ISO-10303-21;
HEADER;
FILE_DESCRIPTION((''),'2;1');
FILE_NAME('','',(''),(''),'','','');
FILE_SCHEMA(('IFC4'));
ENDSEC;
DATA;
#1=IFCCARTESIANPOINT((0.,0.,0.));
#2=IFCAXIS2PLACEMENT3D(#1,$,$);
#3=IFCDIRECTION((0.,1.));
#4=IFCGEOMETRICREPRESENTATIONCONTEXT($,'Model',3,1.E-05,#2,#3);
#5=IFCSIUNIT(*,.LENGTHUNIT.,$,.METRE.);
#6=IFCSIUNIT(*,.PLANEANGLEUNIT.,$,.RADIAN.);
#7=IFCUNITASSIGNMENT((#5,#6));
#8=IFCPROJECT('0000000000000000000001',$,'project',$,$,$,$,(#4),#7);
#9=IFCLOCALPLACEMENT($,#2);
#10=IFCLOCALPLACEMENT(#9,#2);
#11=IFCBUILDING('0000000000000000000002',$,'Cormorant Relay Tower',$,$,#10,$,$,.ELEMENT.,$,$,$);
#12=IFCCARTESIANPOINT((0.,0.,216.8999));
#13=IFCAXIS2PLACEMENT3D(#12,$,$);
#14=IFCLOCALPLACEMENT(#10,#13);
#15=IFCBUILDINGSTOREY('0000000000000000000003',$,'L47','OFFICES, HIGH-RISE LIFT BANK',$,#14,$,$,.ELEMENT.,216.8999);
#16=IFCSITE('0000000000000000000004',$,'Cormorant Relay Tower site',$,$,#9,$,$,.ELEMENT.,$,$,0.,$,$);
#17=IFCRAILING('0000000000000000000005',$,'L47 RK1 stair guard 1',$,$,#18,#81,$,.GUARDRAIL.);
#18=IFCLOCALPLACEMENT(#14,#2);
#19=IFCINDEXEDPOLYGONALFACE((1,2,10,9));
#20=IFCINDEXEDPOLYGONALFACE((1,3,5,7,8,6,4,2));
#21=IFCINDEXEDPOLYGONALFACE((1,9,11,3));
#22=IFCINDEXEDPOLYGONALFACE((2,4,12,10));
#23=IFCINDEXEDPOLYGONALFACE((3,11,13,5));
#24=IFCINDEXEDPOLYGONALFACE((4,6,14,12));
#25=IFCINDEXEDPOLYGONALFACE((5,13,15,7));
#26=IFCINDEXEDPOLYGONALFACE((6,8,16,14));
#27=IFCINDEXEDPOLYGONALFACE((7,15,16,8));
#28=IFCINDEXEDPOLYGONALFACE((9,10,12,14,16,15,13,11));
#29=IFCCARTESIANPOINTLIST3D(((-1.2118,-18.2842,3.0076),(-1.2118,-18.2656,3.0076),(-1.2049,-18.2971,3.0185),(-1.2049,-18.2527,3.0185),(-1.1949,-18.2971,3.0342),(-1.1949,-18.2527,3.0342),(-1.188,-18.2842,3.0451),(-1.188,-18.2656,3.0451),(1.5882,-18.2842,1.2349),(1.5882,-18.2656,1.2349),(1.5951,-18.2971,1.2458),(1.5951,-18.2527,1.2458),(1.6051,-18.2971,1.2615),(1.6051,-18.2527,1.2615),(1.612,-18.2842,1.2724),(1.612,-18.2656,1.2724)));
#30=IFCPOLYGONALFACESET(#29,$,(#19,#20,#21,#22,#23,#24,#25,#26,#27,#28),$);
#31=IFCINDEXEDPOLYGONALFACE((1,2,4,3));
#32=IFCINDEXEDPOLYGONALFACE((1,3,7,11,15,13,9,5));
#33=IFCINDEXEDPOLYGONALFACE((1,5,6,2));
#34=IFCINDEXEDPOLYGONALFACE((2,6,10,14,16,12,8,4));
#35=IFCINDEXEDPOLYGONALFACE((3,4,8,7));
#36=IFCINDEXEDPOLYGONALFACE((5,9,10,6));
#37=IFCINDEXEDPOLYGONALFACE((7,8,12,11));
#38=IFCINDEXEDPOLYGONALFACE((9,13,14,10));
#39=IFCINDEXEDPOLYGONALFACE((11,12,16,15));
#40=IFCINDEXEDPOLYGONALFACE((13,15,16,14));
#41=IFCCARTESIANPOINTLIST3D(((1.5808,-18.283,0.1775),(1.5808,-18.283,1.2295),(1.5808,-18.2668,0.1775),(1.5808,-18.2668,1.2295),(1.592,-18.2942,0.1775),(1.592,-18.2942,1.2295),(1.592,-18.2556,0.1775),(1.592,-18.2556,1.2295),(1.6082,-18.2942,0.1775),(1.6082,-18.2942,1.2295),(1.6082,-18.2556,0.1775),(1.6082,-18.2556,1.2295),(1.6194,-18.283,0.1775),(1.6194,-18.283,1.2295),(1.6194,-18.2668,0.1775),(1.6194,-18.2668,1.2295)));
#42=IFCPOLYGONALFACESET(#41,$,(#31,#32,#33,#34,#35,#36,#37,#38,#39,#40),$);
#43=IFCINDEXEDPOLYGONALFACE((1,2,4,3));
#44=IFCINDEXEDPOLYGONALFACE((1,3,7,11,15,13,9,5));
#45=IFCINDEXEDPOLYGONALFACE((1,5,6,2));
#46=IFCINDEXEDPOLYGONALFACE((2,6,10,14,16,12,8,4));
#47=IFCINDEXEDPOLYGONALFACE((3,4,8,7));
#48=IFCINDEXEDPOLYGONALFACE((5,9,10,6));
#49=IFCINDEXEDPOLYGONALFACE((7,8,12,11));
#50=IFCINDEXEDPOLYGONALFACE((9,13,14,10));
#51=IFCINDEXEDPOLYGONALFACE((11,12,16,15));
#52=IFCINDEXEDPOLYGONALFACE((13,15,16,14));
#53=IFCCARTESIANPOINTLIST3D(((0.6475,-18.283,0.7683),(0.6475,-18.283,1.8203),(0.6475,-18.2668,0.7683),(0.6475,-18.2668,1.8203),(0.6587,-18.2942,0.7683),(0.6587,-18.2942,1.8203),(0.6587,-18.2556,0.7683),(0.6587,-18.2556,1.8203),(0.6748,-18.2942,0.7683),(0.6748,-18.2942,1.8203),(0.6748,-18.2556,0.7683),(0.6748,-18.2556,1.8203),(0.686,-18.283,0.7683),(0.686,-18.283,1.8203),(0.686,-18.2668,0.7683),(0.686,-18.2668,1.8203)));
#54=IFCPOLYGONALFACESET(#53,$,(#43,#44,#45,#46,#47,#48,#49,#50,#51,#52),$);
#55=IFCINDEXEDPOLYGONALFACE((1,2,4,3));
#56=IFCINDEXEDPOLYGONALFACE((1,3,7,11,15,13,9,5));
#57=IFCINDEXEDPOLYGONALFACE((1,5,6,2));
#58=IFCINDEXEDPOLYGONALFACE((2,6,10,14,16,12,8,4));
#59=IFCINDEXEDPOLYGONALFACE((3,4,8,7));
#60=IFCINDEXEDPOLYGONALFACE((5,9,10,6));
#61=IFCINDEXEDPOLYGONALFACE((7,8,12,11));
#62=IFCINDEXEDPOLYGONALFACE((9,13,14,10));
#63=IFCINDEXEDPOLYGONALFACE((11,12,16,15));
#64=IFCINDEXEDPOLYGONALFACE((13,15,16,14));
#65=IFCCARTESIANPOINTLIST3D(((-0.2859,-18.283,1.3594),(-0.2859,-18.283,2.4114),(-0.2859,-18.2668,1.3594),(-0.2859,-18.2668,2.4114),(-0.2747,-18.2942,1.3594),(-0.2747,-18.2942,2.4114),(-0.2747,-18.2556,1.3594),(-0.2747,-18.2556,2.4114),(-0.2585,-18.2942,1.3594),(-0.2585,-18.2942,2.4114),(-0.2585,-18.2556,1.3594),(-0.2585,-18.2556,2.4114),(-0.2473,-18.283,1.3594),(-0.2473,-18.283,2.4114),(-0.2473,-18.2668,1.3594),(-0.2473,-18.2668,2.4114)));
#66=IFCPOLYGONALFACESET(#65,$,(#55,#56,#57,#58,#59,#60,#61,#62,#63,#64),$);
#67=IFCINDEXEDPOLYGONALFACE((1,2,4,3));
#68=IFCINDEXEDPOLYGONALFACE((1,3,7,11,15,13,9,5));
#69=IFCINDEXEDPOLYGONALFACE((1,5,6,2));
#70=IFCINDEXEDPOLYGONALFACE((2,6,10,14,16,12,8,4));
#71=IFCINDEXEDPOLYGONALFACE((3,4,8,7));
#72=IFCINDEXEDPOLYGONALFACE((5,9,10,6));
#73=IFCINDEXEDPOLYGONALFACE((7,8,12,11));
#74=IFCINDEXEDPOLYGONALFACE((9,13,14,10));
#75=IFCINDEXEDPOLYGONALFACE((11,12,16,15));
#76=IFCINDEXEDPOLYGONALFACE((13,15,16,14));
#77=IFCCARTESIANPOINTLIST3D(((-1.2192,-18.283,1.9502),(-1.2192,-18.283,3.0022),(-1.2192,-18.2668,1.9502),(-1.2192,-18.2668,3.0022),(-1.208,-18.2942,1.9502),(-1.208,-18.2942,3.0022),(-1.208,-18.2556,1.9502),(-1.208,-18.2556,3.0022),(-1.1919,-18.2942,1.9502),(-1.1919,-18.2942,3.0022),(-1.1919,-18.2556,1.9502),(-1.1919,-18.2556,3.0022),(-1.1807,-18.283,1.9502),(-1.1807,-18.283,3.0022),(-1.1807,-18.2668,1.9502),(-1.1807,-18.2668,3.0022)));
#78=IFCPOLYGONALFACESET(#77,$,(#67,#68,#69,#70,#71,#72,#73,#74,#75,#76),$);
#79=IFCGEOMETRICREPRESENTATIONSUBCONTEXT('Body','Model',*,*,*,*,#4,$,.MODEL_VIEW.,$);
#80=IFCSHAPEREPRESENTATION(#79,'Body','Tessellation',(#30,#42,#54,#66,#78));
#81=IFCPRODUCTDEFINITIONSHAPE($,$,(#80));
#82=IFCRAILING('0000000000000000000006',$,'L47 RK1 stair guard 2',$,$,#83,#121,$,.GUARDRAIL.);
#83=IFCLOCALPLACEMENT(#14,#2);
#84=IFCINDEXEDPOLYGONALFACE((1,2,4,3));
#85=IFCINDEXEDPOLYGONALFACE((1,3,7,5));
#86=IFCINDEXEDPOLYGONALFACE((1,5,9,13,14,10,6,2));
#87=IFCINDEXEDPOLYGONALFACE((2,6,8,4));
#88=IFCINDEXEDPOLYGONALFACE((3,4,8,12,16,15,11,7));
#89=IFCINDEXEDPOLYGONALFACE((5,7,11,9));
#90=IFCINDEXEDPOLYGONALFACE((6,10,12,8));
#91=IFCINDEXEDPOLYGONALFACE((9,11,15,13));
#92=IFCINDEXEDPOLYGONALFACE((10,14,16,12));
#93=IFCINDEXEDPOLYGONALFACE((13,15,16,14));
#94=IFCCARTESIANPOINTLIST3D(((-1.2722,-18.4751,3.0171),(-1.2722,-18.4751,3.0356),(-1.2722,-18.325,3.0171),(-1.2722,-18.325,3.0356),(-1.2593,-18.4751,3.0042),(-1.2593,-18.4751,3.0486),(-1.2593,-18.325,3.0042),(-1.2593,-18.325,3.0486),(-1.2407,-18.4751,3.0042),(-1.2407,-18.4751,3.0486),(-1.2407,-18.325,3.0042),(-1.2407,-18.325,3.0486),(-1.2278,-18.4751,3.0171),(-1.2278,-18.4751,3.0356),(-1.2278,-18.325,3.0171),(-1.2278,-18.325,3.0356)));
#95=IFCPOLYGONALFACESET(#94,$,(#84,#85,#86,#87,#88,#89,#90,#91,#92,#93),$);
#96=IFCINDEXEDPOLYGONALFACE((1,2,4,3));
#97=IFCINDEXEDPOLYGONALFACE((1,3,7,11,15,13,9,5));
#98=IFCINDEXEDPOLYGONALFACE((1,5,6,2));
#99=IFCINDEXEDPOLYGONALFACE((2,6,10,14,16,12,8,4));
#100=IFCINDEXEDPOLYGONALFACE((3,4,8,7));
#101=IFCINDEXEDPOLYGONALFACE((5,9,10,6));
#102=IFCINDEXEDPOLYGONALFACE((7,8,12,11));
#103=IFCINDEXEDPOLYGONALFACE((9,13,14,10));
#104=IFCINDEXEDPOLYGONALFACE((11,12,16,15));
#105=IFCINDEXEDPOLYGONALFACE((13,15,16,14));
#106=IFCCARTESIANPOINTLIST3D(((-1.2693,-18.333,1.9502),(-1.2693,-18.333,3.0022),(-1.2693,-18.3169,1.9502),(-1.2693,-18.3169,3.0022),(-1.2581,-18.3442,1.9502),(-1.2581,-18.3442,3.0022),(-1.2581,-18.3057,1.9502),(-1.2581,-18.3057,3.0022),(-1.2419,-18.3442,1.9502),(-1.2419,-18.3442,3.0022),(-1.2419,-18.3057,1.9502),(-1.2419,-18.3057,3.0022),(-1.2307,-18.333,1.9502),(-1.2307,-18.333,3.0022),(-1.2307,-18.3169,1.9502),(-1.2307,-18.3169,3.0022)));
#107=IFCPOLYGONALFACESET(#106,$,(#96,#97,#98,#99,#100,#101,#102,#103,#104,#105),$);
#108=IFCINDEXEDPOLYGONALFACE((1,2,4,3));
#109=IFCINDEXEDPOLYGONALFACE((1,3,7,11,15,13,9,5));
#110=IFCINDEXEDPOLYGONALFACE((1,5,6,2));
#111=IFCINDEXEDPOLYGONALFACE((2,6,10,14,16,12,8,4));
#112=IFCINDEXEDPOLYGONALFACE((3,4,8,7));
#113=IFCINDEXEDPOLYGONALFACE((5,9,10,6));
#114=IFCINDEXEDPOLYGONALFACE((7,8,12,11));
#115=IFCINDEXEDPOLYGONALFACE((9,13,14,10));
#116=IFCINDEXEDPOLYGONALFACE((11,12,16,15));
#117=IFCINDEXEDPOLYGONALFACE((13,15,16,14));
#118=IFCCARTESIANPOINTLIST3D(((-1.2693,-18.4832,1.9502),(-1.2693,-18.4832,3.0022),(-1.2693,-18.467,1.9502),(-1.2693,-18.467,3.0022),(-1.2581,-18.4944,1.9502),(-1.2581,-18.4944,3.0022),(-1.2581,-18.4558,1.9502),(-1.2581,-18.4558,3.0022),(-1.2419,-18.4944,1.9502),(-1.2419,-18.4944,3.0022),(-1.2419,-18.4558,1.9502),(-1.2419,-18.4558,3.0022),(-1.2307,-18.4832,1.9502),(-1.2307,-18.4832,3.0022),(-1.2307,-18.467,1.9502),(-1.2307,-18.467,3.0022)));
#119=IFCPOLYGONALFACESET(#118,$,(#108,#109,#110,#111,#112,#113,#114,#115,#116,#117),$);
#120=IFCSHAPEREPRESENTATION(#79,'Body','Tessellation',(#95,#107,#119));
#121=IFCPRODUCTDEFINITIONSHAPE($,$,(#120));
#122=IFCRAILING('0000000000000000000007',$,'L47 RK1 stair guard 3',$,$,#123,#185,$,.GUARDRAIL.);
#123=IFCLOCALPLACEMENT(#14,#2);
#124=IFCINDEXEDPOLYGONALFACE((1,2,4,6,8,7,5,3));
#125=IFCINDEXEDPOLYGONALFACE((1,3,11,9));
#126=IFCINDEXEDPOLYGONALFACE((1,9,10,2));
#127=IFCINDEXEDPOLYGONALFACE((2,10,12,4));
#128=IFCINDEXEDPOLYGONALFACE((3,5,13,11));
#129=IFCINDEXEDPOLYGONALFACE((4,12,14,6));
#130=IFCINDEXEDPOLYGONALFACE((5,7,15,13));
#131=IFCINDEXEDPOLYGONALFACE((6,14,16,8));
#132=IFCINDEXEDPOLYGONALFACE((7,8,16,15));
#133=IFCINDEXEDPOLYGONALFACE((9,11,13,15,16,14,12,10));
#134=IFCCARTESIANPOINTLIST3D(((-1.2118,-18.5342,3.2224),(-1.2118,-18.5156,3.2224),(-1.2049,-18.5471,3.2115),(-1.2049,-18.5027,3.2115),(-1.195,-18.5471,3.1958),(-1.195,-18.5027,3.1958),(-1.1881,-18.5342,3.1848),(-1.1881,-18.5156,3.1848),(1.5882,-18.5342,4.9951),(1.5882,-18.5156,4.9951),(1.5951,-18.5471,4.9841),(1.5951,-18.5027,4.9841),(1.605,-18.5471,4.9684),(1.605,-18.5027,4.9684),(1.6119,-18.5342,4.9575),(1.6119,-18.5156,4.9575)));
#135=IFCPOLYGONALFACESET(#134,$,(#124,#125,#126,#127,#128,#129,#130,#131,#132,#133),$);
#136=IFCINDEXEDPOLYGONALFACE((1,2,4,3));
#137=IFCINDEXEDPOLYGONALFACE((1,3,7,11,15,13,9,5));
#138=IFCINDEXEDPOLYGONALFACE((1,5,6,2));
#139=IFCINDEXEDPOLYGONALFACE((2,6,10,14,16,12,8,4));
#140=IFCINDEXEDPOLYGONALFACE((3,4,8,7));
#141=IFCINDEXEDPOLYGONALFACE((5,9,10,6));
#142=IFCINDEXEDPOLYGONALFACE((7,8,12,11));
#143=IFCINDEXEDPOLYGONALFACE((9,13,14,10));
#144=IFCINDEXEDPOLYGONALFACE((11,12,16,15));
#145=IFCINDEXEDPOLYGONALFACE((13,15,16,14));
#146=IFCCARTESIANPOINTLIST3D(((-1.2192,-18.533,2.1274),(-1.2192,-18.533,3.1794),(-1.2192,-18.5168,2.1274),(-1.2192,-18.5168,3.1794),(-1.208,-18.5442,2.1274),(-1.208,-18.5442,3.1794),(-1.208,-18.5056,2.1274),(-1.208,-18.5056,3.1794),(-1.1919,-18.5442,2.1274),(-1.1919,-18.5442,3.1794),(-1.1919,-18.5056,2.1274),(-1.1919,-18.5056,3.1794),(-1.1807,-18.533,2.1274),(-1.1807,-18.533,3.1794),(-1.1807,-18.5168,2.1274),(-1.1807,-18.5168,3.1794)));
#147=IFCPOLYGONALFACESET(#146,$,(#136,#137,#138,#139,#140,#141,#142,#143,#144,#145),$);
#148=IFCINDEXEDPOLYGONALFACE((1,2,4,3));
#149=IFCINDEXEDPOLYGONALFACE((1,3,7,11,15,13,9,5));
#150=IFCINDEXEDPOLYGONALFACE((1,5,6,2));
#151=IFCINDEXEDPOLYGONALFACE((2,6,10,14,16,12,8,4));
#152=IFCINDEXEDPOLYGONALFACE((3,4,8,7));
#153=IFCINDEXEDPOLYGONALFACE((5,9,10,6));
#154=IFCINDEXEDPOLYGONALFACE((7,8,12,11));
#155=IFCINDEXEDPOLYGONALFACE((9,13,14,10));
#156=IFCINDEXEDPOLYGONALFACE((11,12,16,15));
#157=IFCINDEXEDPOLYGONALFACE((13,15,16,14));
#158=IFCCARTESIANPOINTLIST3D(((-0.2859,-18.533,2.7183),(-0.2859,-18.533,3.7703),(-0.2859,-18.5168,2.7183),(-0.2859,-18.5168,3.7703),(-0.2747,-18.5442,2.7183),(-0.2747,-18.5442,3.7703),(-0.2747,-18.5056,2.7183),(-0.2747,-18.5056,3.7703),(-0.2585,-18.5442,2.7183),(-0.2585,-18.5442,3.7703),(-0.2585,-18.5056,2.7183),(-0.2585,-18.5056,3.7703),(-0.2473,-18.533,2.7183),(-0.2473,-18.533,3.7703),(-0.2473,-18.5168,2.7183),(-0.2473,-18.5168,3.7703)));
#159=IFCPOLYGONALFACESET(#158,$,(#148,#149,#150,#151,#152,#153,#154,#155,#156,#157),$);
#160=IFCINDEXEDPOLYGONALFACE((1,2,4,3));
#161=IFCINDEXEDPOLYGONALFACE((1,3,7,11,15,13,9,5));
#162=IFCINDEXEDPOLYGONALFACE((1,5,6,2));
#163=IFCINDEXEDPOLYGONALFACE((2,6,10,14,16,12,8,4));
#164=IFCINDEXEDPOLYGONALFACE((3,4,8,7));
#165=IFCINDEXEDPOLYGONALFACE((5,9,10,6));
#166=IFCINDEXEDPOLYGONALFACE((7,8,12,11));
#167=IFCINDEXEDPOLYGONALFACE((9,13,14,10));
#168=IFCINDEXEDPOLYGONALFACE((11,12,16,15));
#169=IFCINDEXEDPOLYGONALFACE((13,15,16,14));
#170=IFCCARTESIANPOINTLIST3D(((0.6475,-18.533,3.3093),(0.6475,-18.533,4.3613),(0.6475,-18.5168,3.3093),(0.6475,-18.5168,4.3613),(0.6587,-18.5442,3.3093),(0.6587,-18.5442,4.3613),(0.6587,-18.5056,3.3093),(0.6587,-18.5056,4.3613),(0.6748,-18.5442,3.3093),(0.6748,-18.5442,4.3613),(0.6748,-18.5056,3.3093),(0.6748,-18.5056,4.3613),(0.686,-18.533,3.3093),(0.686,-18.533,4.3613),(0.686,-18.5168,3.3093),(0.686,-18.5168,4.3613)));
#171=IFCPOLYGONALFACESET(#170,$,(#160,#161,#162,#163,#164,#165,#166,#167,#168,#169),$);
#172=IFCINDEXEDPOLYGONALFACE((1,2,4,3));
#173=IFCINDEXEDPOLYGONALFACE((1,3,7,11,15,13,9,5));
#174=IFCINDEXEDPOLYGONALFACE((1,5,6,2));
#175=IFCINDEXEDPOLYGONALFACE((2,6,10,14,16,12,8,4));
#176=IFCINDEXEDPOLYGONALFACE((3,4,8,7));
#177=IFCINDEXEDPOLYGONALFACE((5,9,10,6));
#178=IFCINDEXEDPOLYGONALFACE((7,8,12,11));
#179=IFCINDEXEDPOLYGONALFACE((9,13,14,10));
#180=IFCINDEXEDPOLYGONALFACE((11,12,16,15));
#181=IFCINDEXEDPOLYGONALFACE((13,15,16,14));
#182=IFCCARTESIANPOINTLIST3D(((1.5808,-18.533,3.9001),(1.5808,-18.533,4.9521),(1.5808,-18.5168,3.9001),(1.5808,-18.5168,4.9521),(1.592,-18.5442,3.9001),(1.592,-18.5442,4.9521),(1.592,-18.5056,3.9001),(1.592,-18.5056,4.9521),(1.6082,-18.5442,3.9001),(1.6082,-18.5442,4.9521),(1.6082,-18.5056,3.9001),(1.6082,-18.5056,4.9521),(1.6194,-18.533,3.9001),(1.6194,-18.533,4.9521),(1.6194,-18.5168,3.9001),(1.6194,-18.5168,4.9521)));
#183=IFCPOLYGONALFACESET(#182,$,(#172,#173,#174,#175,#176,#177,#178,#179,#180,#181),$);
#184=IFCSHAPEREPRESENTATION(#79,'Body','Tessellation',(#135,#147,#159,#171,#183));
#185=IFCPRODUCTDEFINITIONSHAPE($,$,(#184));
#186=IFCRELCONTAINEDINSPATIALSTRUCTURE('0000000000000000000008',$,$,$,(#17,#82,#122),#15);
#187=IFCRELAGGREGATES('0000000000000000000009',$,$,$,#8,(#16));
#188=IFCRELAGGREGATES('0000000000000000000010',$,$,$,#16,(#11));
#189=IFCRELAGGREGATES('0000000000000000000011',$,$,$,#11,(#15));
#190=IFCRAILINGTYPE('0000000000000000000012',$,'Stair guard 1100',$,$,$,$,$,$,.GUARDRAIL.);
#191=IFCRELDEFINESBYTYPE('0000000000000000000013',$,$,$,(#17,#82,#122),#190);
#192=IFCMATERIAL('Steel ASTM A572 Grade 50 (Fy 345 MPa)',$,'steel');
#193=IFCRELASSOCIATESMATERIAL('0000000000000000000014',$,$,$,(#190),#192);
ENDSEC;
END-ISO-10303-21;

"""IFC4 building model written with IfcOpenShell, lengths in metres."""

from ifc_helpers import new_model, si_unit, direction, frame, origin, place, context, subcontext, project, spatial, polyline, outline, extrude, material, type_object, element, save


model = new_model("IFC4")

# Units and contexts
model_context = context("Model", 3, precision=1e-05, world=origin(), true_north=direction((0.0, 1.0)))
body_context = subcontext(model_context, "Body", "Model", "MODEL_VIEW")
ifc_project = project(units=[si_unit("LENGTHUNIT", "METRE"), si_unit("PLANEANGLEUNIT", "RADIAN")], contexts=[model_context])

# Site, building, storey
site_placement = place(None, origin())
site = spatial("IfcSite", under=ifc_project, at=site_placement, Name="Cormorant Relay Tower site", CompositionType="ELEMENT", RefElevation=0.0)
building_placement = place(site_placement, origin())
building = spatial("IfcBuilding", under=site, at=building_placement, Name="Cormorant Relay Tower", CompositionType="ELEMENT")
storey_placement = place(building_placement, frame((0.0, 0.0, 216.8999)))
storey = spatial("IfcBuildingStorey", under=building, at=storey_placement, Name="L47", Description="OFFICES, HIGH-RISE LIFT BANK", CompositionType="ELEMENT", Elevation=216.8999)

# Railings
ifc_material_1 = material(Name="Steel ASTM A572 Grade 50 (Fy 345 MPa)", Category="steel")
railing_type_1 = type_object("IfcRailingType", Name="Stair guard 1100", PredefinedType="GUARDRAIL", material=ifc_material_1)
railing_1_placement = place(storey_placement, frame((1.6001, -18.2749, 0.1775)))
element("IfcRailing", 1, at=railing_1_placement, inside=storey, type_object=railing_type_1, Name="L47 RK1 stair guard 1", PredefinedType="GUARDRAIL", context=body_context, shape_type="SweptSolid", body=[
    extrude(outline(polyline([(0.0222, 0.0093), (0.0093, 0.0222), (-0.0093, 0.0222), (-0.0222, 0.0093), (-0.0222, -0.0093), (-0.0093, -0.0222), (0.0093, -0.0222), (0.0222, -0.0093), (0.0222, 0.0093)])), frame((0.0, 0.0, 1.0762), z_axis=(-0.844909, 0.0, 0.53491), x_axis=(0.0, -1.0, 0.0)), (0.0, 0.0, 1.0), 3.314),
    extrude(outline(polyline([(0.0193, 0.0081), (0.0081, 0.0193), (-0.0081, 0.0193), (-0.0193, 0.0081), (-0.0193, -0.0081), (-0.0081, -0.0193), (0.0081, -0.0193), (0.0193, -0.0081), (0.0193, 0.0081)])), origin(), (0.0, 0.0, 1.0), 1.052),
    extrude(outline(polyline([(0.0193, 0.0081), (0.0081, 0.0193), (-0.0081, 0.0193), (-0.0193, 0.0081), (-0.0193, -0.0081), (-0.0081, -0.0193), (0.0081, -0.0193), (0.0193, -0.0081), (0.0193, 0.0081)])), frame((-0.9333, 0.0, 0.5908)), (0.0, 0.0, 1.0), 1.052),
    extrude(outline(polyline([(0.0193, 0.0081), (0.0081, 0.0193), (-0.0081, 0.0193), (-0.0193, 0.0081), (-0.0193, -0.0081), (-0.0081, -0.0193), (0.0081, -0.0193), (0.0193, -0.0081), (0.0193, 0.0081)])), frame((-1.8667, 0.0, 1.1819)), (0.0, 0.0, 1.0), 1.052),
    extrude(outline(polyline([(0.0193, 0.0081), (0.0081, 0.0193), (-0.0081, 0.0193), (-0.0193, 0.0081), (-0.0193, -0.0081), (-0.0081, -0.0193), (0.0081, -0.0193), (0.0193, -0.0081), (0.0193, 0.0081)])), frame((-2.8, 0.0, 1.7727)), (0.0, 0.0, 1.0), 1.052),
])
railing_2_placement = place(storey_placement, frame((-1.25, -18.325, 1.9502)))
element("IfcRailing", 2, at=railing_2_placement, inside=storey, type_object=railing_type_1, Name="L47 RK1 stair guard 2", PredefinedType="GUARDRAIL", context=body_context, shape_type="SweptSolid", body=[
    extrude(outline(polyline([(0.0222, 0.0093), (0.0093, 0.0222), (-0.0093, 0.0222), (-0.0222, 0.0093), (-0.0222, -0.0093), (-0.0093, -0.0222), (0.0093, -0.0222), (0.0222, -0.0093), (0.0222, 0.0093)])), frame((0.0, 0.0, 1.0762), z_axis=(0.0, -1.0, 0.0), x_axis=(1.0, 0.0, 0.0)), (0.0, 0.0, 1.0), 0.1501),
    extrude(outline(polyline([(0.0193, 0.0081), (0.0081, 0.0193), (-0.0081, 0.0193), (-0.0193, 0.0081), (-0.0193, -0.0081), (-0.0081, -0.0193), (0.0081, -0.0193), (0.0193, -0.0081), (0.0193, 0.0081)])), origin(), (0.0, 0.0, 1.0), 1.052),
    extrude(outline(polyline([(0.0193, 0.0081), (0.0081, 0.0193), (-0.0081, 0.0193), (-0.0193, 0.0081), (-0.0193, -0.0081), (-0.0081, -0.0193), (0.0081, -0.0193), (0.0193, -0.0081), (0.0193, 0.0081)])), frame((0.0, -0.1501, 0.0)), (0.0, 0.0, 1.0), 1.052),
])
railing_3_placement = place(storey_placement, frame((-1.2, -18.5249, 2.1274)))
element("IfcRailing", 3, at=railing_3_placement, inside=storey, type_object=railing_type_1, Name="L47 RK1 stair guard 3", PredefinedType="GUARDRAIL", context=body_context, shape_type="SweptSolid", body=[
    extrude(outline(polyline([(0.0222, 0.0093), (0.0093, 0.0222), (-0.0093, 0.0222), (-0.0222, 0.0093), (-0.0222, -0.0093), (-0.0093, -0.0222), (0.0093, -0.0222), (0.0222, -0.0093), (0.0222, 0.0093)])), frame((0.0, 0.0, 1.0762), z_axis=(0.844909, 0.0, 0.53491), x_axis=(0.0, 1.0, 0.0)), (0.0, 0.0, 1.0), 3.314),
    extrude(outline(polyline([(0.0193, 0.0081), (0.0081, 0.0193), (-0.0081, 0.0193), (-0.0193, 0.0081), (-0.0193, -0.0081), (-0.0081, -0.0193), (0.0081, -0.0193), (0.0193, -0.0081), (0.0193, 0.0081)])), origin(), (0.0, 0.0, 1.0), 1.052),
    extrude(outline(polyline([(0.0193, 0.0081), (0.0081, 0.0193), (-0.0081, 0.0193), (-0.0193, 0.0081), (-0.0193, -0.0081), (-0.0081, -0.0193), (0.0081, -0.0193), (0.0193, -0.0081), (0.0193, 0.0081)])), frame((0.9333, 0.0, 0.5908)), (0.0, 0.0, 1.0), 1.052),
    extrude(outline(polyline([(0.0193, 0.0081), (0.0081, 0.0193), (-0.0081, 0.0193), (-0.0193, 0.0081), (-0.0193, -0.0081), (-0.0081, -0.0193), (0.0081, -0.0193), (0.0193, -0.0081), (0.0193, 0.0081)])), frame((1.8667, 0.0, 1.1819)), (0.0, 0.0, 1.0), 1.052),
    extrude(outline(polyline([(0.0193, 0.0081), (0.0081, 0.0193), (-0.0081, 0.0193), (-0.0193, 0.0081), (-0.0193, -0.0081), (-0.0081, -0.0193), (0.0081, -0.0193), (0.0193, -0.0081), (0.0193, 0.0081)])), frame((2.8, 0.0, 1.7727)), (0.0, 0.0, 1.0), 1.052),
])

save(model, "model.ifc")
